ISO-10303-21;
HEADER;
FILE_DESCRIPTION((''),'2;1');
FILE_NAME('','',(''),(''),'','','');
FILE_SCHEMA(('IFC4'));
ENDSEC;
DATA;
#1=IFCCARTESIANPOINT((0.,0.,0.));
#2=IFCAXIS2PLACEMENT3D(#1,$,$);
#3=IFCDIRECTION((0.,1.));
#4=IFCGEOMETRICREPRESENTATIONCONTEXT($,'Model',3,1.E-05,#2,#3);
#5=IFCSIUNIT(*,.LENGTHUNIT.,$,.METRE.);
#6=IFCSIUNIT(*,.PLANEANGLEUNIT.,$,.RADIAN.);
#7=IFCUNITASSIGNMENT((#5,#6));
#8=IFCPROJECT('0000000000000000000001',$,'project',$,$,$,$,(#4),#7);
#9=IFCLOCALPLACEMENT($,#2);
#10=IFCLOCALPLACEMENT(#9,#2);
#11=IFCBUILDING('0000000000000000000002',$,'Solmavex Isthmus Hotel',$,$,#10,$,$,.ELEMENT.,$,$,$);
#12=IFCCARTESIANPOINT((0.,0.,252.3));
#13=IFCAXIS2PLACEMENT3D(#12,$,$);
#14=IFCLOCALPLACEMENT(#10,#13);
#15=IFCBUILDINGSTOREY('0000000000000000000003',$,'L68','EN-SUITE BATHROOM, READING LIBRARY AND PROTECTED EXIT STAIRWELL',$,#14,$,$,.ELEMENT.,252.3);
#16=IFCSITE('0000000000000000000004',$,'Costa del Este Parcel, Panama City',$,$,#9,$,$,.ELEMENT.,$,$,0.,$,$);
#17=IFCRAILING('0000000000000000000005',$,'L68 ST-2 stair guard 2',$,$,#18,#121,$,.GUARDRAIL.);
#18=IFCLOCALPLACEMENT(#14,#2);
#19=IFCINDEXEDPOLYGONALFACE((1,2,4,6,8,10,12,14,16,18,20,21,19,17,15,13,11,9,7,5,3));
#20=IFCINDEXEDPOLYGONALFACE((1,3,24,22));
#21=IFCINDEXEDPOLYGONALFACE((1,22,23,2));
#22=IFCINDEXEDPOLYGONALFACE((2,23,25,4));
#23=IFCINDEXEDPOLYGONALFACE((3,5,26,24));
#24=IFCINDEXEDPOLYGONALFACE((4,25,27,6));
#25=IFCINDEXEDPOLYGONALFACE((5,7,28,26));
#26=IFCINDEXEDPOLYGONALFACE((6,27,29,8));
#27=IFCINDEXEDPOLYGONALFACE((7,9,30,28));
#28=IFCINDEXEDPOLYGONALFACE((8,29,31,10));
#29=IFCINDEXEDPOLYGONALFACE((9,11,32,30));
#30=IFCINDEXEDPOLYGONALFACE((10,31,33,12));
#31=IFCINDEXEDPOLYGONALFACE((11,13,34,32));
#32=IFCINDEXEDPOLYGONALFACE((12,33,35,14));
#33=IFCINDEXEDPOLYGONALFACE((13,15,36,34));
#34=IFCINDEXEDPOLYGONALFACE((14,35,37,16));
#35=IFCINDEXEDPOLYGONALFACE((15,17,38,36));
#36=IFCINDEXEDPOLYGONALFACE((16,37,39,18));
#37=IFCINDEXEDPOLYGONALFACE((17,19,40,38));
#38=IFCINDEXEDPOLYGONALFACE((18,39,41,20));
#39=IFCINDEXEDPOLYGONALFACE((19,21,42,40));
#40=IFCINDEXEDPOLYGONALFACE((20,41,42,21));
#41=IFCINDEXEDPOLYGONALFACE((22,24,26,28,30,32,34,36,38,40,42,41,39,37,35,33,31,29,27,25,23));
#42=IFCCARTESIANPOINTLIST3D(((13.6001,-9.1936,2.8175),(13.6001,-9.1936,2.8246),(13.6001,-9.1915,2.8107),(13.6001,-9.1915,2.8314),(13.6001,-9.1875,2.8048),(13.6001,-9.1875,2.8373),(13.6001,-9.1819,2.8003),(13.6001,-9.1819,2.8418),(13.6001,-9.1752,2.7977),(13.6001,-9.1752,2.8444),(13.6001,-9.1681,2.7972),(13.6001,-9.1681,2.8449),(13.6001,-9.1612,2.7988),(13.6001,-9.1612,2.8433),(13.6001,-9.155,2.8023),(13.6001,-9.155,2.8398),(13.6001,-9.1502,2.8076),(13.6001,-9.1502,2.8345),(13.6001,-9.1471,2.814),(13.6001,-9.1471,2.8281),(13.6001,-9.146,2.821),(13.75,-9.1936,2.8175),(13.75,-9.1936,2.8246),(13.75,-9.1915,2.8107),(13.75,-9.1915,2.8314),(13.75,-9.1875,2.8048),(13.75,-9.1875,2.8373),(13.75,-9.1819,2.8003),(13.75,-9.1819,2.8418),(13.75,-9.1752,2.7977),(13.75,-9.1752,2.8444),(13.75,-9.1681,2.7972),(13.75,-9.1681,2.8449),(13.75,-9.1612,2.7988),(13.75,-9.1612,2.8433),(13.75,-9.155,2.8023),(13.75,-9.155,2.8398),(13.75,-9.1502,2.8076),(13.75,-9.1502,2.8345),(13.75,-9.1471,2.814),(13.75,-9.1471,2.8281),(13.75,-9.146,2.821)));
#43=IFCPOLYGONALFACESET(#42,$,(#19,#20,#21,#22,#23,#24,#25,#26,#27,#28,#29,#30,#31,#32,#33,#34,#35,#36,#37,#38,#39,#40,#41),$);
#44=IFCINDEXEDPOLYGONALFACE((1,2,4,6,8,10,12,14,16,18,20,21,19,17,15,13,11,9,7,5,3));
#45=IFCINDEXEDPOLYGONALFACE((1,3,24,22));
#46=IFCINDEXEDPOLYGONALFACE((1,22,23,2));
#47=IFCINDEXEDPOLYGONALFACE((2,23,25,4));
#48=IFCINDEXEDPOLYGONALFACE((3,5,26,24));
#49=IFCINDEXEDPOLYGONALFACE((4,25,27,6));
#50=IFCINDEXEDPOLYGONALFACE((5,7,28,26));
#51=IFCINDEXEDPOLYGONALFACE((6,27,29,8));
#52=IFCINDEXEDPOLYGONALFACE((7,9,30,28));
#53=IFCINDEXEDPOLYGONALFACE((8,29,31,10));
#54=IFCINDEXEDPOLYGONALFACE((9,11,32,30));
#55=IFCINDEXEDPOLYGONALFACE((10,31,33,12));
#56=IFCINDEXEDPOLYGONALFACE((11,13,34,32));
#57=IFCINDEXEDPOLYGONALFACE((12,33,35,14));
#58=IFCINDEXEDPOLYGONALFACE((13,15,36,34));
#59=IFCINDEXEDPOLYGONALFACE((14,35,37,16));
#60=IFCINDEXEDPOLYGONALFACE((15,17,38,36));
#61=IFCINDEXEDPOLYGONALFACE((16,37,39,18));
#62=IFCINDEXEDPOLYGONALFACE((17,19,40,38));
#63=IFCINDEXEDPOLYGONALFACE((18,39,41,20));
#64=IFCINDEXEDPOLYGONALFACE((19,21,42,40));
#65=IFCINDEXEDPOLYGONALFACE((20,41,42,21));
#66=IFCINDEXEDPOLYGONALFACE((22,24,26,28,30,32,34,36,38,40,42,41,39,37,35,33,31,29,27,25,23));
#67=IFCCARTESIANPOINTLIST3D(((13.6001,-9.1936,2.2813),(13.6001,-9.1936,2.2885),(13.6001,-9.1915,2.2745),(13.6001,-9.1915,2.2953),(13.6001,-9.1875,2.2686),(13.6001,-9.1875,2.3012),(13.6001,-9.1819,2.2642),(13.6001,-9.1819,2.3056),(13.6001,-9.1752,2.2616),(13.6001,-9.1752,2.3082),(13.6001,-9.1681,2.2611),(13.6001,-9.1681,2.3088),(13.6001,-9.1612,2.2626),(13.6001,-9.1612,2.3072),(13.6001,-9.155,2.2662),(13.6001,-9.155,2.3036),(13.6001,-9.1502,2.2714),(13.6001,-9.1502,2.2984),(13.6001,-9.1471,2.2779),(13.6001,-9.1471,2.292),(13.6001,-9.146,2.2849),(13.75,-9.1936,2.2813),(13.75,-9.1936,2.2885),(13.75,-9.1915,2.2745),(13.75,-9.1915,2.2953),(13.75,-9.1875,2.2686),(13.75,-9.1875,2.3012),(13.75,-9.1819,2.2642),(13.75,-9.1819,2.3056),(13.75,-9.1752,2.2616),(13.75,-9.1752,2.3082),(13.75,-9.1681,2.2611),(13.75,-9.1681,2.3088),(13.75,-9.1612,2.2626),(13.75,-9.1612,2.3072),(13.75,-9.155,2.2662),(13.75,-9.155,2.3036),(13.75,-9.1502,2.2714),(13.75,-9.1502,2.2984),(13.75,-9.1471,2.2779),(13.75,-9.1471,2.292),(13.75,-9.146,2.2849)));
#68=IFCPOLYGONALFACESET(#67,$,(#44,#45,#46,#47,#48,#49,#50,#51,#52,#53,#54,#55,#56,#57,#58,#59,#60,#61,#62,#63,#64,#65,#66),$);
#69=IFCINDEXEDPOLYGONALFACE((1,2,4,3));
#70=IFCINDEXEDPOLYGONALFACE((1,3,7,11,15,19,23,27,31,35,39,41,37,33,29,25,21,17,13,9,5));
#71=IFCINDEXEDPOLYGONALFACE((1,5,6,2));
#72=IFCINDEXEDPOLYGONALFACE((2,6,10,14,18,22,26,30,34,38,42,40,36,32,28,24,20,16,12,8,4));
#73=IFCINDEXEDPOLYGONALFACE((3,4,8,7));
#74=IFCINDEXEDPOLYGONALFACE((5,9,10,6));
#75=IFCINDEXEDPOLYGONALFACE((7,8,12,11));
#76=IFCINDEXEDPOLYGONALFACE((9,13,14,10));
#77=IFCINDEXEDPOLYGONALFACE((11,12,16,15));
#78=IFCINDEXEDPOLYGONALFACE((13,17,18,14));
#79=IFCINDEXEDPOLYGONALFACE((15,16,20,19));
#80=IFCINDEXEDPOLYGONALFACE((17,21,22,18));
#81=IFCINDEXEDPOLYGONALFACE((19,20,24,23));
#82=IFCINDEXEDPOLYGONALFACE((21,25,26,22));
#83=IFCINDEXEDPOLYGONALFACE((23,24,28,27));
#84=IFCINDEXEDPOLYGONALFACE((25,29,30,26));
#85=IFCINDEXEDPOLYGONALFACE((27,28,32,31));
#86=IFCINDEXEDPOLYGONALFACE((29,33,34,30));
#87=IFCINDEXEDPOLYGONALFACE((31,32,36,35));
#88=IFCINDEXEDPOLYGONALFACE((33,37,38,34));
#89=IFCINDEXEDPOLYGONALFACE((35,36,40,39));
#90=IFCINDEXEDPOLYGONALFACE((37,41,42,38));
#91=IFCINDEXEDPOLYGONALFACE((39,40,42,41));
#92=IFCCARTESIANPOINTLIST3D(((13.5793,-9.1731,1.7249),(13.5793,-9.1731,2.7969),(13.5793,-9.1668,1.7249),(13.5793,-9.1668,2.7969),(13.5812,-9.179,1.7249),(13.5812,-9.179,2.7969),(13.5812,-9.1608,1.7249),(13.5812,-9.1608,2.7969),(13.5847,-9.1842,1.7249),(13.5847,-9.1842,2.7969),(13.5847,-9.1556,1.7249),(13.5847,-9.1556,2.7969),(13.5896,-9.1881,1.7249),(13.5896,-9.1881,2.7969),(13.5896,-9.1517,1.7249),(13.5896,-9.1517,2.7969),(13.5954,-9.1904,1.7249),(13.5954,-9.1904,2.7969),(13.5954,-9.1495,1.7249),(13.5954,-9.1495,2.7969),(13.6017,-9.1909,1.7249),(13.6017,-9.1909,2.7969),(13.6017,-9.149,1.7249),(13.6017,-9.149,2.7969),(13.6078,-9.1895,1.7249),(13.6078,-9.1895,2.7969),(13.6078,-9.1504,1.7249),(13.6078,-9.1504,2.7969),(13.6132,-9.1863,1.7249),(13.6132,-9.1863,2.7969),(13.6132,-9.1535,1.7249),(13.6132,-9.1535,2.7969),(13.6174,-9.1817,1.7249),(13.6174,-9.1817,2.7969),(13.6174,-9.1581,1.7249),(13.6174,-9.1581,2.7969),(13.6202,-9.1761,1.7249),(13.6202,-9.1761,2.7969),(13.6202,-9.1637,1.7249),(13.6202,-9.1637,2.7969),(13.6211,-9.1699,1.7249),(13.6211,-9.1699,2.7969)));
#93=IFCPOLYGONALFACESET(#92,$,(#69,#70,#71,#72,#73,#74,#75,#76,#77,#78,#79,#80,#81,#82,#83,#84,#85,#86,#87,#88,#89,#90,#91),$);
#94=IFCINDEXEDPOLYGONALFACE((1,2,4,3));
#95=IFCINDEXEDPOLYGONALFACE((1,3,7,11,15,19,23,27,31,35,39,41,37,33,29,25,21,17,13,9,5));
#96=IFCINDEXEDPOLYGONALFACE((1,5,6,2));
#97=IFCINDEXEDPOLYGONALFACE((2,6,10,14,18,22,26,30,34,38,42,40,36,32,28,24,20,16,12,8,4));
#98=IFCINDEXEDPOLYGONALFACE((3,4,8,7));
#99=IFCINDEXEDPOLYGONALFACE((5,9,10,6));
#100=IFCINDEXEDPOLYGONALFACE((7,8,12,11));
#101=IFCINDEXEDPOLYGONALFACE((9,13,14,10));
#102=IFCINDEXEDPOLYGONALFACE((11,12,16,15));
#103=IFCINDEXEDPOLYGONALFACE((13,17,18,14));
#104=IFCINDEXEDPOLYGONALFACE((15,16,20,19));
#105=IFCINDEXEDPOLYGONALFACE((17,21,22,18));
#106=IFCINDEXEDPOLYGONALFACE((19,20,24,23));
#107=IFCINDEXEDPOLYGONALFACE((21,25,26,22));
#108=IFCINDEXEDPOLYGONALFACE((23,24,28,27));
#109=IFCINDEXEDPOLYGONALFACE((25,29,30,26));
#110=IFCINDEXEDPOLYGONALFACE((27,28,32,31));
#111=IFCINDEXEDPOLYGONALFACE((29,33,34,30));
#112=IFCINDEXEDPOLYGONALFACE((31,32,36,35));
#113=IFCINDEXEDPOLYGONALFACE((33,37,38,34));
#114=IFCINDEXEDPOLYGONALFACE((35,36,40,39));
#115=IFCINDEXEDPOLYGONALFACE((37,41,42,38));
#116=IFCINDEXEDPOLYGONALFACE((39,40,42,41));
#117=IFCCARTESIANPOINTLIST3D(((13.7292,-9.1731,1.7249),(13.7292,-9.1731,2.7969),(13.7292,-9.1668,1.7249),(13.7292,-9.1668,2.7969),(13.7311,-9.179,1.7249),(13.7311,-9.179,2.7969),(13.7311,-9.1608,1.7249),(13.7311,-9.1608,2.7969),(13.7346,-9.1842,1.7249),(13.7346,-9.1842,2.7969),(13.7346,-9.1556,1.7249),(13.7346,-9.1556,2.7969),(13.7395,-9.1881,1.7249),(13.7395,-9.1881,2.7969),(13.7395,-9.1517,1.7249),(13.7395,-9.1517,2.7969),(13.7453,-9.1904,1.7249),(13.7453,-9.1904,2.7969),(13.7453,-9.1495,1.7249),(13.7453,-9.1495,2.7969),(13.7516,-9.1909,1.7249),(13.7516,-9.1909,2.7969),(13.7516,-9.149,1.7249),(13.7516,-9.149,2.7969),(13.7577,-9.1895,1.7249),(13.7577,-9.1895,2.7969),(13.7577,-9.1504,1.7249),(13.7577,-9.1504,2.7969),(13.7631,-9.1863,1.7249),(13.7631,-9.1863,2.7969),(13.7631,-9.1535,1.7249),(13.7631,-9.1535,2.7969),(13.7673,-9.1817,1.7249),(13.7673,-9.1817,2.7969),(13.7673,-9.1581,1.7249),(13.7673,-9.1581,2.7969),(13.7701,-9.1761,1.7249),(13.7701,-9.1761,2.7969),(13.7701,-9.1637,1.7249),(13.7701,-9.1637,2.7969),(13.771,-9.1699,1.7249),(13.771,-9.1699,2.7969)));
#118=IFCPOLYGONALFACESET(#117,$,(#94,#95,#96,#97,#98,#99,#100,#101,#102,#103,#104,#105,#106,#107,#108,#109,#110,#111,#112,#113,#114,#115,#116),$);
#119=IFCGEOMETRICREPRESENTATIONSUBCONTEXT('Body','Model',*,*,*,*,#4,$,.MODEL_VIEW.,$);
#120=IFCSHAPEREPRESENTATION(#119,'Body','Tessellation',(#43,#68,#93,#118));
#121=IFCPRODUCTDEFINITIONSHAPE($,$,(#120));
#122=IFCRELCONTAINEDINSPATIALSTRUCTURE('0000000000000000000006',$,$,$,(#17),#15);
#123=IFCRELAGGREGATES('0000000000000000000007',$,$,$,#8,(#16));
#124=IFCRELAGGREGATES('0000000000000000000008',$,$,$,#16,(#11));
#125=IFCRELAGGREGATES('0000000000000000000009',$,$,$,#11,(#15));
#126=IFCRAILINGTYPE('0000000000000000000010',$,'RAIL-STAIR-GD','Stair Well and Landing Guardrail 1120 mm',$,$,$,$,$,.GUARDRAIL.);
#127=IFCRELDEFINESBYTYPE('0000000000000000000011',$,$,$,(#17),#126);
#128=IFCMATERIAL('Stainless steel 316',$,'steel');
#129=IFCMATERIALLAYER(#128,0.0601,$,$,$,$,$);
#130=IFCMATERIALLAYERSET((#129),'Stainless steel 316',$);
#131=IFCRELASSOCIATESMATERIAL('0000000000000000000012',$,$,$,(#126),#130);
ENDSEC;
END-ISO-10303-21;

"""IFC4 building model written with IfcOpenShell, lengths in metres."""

from ifc_helpers import new_model, si_unit, direction, frame, origin, origin_2d, place, context, subcontext, project, spatial, circle, extrude, material, layer, layer_set, type_object, element, save


model = new_model("IFC4")

# Units and contexts
model_context = context("Model", 3, precision=1e-05, world=origin(), true_north=direction((0.0, 1.0)))
body_context = subcontext(model_context, "Body", "Model", "MODEL_VIEW")
ifc_project = project(units=[si_unit("LENGTHUNIT", "METRE"), si_unit("PLANEANGLEUNIT", "RADIAN")], contexts=[model_context])

# Site, building, storey
site_placement = place(None, origin())
site = spatial("IfcSite", under=ifc_project, at=site_placement, Name="Costa del Este Parcel, Panama City", CompositionType="ELEMENT", RefElevation=0.0)
building_placement = place(site_placement, origin())
building = spatial("IfcBuilding", under=site, at=building_placement, Name="Solmavex Isthmus Hotel", CompositionType="ELEMENT")
storey_placement = place(building_placement, frame((0.0, 0.0, 252.3)))
storey = spatial("IfcBuildingStorey", under=building, at=storey_placement, Name="L68", Description="EN-SUITE BATHROOM, READING LIBRARY AND PROTECTED EXIT STAIRWELL", CompositionType="ELEMENT", Elevation=252.3)

# Shared definitions
ifc_material_1 = material(Name="Stainless steel 316", Category="steel")

# Railing
ifc_layer_1 = layer(ifc_material_1, 0.0601)
ifc_layer_set_1 = layer_set([ifc_layer_1], Name="Stainless steel 316")
railing_type_1 = type_object("IfcRailingType", Name="RAIL-STAIR-GD", Description="Stair Well and Landing Guardrail 1120 mm", PredefinedType="GUARDRAIL", material=ifc_layer_set_1)
for number, where, name in (
    (1, (13.6001, -9.1699, 1.7249), "L68 ST-2 stair guard 2"),
):
    element("IfcRailing", number, at=place(storey_placement, frame(where)), inside=storey, type_object=railing_type_1, Name=name, PredefinedType="GUARDRAIL", context=body_context, shape_type="SweptSolid", body=[
        extrude(circle(Radius=0.0239, at=origin_2d()), frame((0.0, 0.0, 1.0962), z_axis=(1.0, 0.0, 0.0), x_axis=(0.0, 1.0, 0.0)), (0.0, 0.0, 1.0), 0.1499),
        extrude(circle(Radius=0.0239, at=origin_2d()), frame((0.0, 0.0, 0.5601), z_axis=(1.0, 0.0, 0.0), x_axis=(0.0, 1.0, 0.0)), (0.0, 0.0, 1.0), 0.1499),
        extrude(circle(Radius=0.021, at=origin_2d()), origin(), (0.0, 0.0, 1.0), 1.072),
        extrude(circle(Radius=0.021, at=origin_2d()), frame((0.1499, 0.0, 0.0)), (0.0, 0.0, 1.0), 1.072),
    ])

save(model, "model.ifc")
